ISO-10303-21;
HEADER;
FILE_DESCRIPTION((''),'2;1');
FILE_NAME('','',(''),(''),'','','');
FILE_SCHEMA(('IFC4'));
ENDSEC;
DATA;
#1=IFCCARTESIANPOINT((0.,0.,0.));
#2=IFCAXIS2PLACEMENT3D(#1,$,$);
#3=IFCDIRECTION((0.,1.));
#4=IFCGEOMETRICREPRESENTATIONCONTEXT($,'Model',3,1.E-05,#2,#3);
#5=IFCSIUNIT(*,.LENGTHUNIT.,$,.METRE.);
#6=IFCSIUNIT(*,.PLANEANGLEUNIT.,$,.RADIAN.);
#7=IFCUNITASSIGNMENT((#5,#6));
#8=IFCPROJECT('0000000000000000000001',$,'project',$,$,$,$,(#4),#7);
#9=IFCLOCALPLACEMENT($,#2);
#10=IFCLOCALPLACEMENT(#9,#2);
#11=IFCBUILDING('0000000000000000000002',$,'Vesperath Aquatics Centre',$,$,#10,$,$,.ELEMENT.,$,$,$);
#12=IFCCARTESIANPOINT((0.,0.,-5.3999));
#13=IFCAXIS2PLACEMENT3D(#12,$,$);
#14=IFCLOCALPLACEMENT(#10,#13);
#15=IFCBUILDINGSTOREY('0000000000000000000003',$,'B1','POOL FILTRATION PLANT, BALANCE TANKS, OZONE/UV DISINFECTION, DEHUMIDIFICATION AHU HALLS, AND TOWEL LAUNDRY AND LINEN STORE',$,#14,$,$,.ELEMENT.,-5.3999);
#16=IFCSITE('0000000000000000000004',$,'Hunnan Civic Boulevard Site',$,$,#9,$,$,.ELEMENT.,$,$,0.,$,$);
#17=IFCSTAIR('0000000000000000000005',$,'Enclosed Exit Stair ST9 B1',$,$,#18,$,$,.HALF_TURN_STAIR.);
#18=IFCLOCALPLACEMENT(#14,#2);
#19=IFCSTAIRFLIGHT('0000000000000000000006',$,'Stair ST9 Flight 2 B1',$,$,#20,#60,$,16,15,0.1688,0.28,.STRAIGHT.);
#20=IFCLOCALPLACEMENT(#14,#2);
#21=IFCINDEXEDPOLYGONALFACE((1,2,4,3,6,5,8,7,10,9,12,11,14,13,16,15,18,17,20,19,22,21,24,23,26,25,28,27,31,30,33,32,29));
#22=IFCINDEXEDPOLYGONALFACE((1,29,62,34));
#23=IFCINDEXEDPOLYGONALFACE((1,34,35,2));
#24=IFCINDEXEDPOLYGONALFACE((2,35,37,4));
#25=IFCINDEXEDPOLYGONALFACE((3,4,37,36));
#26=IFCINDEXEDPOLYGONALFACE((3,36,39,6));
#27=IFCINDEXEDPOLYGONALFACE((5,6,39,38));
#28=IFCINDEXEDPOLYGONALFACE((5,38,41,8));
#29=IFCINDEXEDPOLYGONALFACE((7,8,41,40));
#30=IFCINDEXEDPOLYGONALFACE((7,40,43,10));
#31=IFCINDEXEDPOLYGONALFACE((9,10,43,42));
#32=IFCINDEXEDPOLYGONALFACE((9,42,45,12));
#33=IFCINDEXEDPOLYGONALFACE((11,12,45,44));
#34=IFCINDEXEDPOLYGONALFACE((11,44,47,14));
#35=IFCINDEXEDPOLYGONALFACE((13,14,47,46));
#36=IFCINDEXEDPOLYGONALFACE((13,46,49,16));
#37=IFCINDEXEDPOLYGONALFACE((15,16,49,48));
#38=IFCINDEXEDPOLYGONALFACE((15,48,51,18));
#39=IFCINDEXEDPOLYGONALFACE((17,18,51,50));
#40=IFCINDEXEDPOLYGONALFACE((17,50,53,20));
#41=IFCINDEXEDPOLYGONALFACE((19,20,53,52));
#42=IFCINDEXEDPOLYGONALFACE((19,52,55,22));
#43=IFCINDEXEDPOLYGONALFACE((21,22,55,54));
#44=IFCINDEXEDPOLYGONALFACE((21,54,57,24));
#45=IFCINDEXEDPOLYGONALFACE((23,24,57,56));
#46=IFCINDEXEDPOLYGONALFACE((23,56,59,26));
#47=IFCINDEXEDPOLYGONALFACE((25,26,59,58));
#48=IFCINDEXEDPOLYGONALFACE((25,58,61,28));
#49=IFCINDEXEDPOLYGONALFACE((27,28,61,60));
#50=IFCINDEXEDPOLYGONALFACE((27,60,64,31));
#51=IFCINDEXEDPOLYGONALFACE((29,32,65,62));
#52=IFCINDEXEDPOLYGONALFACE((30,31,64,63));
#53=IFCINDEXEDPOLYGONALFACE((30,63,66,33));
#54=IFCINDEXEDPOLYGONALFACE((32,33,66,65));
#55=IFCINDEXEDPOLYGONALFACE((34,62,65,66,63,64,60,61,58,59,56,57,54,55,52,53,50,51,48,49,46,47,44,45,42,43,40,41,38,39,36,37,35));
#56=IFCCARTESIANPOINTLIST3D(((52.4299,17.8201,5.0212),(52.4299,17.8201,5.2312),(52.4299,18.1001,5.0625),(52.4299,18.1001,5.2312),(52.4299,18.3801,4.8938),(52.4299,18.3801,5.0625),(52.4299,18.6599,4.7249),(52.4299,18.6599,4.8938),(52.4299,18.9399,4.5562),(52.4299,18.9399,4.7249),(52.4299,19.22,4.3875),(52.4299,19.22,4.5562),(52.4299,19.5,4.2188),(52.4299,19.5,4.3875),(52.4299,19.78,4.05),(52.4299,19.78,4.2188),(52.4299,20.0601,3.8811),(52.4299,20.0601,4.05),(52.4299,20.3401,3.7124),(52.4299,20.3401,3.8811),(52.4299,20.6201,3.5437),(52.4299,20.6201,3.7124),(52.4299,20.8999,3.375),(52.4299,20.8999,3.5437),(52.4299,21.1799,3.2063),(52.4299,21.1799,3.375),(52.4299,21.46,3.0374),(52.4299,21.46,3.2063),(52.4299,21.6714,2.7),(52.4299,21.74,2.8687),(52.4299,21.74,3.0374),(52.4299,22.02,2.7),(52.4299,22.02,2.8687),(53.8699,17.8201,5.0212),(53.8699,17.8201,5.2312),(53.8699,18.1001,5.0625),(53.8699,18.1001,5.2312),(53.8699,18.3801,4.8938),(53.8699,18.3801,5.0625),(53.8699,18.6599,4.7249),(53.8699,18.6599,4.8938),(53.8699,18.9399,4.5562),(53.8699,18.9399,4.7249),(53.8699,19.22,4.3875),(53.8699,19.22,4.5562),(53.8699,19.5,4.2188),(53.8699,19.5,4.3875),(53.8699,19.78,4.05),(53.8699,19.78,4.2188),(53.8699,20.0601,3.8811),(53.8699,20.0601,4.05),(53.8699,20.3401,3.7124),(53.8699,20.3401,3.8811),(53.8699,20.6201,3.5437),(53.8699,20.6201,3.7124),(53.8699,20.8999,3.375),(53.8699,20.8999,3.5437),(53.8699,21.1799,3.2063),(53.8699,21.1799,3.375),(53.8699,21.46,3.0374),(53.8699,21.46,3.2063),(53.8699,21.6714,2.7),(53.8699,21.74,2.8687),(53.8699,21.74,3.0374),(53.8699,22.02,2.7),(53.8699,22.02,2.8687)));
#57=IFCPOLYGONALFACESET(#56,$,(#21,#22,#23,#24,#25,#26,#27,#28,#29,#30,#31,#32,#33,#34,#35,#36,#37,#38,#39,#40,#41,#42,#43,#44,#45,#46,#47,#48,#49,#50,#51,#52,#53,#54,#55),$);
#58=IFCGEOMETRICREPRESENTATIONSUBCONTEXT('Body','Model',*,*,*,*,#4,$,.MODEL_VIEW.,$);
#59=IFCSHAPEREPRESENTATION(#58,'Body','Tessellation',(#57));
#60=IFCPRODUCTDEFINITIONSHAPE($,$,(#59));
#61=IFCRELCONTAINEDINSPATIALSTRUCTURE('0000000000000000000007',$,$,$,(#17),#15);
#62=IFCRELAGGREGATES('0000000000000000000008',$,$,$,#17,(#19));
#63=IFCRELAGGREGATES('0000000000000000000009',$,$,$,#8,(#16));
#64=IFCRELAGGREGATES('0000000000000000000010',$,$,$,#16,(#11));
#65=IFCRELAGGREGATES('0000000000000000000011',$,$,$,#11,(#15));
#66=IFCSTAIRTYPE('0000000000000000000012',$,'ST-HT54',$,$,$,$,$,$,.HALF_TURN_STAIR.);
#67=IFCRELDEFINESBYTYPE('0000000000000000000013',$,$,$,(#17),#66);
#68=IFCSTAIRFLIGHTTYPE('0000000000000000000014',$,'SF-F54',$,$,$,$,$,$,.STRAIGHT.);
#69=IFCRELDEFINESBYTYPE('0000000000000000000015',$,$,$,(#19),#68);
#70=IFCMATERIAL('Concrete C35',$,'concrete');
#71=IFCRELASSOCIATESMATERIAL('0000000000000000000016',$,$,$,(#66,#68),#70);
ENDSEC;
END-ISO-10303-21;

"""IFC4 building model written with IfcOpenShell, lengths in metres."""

from ifc_helpers import new_model, si_unit, direction, frame, origin, place, context, subcontext, project, spatial, polyline, outline, extrude, material, type_object, element, aggregate, save


model = new_model("IFC4")

# Units and contexts
model_context = context("Model", 3, precision=1e-05, world=origin(), true_north=direction((0.0, 1.0)))
body_context = subcontext(model_context, "Body", "Model", "MODEL_VIEW")
ifc_project = project(units=[si_unit("LENGTHUNIT", "METRE"), si_unit("PLANEANGLEUNIT", "RADIAN")], contexts=[model_context])

# Site, building, storey
site_placement = place(None, origin())
site = spatial("IfcSite", under=ifc_project, at=site_placement, Name="Hunnan Civic Boulevard Site", CompositionType="ELEMENT", RefElevation=0.0)
building_placement = place(site_placement, origin())
building = spatial("IfcBuilding", under=site, at=building_placement, Name="Vesperath Aquatics Centre", CompositionType="ELEMENT")
storey_placement = place(building_placement, frame((0.0, 0.0, -5.3999)))
storey = spatial("IfcBuildingStorey", under=building, at=storey_placement, Name="B1", Description="POOL FILTRATION PLANT, BALANCE TANKS, OZONE/UV DISINFECTION, DEHUMIDIFICATION AHU HALLS, AND TOWEL LAUNDRY AND LINEN STORE", CompositionType="ELEMENT", Elevation=-5.3999)

# Shared definitions
ifc_material_1 = material(Name="Concrete C35", Category="concrete")

# Stair, stair flight
stair_type = type_object("IfcStairType", Name="ST-HT54", PredefinedType="HALF_TURN_STAIR", material=ifc_material_1)
stair_placement = place(storey_placement, origin())
stair = element("IfcStair", 1, at=stair_placement, inside=storey, type_object=stair_type, Name="Enclosed Exit Stair ST9 B1", PredefinedType="HALF_TURN_STAIR")
stair_flight_type = type_object("IfcStairFlightType", Name="SF-F54", PredefinedType="STRAIGHT", material=ifc_material_1)
stair_flight_1_placement = place(storey_placement, frame((53.1499, 22.02, 2.7), z_axis=(0.0, 0.0, 1.0), x_axis=(0.0, -1.0, 0.0)))
stair_flight_1 = element("IfcStairFlight", 2, at=stair_flight_1_placement, type_object=stair_flight_type, Name="Stair ST9 Flight 2 B1", NumberOfRisers=16, NumberOfTreads=15, PredefinedType="STRAIGHT", RiserHeight=0.1688, TreadLength=0.28, context=body_context, shape_type="SweptSolid", body=[
    extrude(outline(polyline([(0.0, 0.0), (0.0, 0.1687), (0.28, 0.1687), (0.28, 0.3374), (0.5601, 0.3374), (0.5601, 0.5063), (0.8401, 0.5063), (0.8401, 0.675), (1.1201, 0.675), (1.1201, 0.8438), (1.3999, 0.8438), (1.3999, 1.0125), (1.6799, 1.0125), (1.6799, 1.1812), (1.96, 1.1812), (1.96, 1.3501), (2.24, 1.3501), (2.24, 1.5188), (2.52, 1.5188), (2.52, 1.6875), (2.8, 1.6875), (2.8, 1.8562), (3.0801, 1.8562), (3.0801, 2.0249), (3.3601, 2.0249), (3.3601, 2.1938), (3.6399, 2.1938), (3.6399, 2.3625), (3.9199, 2.3625), (3.9199, 2.5312), (4.2, 2.5312), (4.2, 2.7), (4.2, 2.3213), (0.3486, 0.0), (0.0, 0.0)])), frame((0.0, 0.72, 0.0), z_axis=(0.0, -1.0, 0.0), x_axis=(1.0, 0.0, 0.0)), (0.0, 0.0, 1.0), 1.4399),
])
aggregate(stair, [stair_flight_1])

save(model, "model.ifc")
